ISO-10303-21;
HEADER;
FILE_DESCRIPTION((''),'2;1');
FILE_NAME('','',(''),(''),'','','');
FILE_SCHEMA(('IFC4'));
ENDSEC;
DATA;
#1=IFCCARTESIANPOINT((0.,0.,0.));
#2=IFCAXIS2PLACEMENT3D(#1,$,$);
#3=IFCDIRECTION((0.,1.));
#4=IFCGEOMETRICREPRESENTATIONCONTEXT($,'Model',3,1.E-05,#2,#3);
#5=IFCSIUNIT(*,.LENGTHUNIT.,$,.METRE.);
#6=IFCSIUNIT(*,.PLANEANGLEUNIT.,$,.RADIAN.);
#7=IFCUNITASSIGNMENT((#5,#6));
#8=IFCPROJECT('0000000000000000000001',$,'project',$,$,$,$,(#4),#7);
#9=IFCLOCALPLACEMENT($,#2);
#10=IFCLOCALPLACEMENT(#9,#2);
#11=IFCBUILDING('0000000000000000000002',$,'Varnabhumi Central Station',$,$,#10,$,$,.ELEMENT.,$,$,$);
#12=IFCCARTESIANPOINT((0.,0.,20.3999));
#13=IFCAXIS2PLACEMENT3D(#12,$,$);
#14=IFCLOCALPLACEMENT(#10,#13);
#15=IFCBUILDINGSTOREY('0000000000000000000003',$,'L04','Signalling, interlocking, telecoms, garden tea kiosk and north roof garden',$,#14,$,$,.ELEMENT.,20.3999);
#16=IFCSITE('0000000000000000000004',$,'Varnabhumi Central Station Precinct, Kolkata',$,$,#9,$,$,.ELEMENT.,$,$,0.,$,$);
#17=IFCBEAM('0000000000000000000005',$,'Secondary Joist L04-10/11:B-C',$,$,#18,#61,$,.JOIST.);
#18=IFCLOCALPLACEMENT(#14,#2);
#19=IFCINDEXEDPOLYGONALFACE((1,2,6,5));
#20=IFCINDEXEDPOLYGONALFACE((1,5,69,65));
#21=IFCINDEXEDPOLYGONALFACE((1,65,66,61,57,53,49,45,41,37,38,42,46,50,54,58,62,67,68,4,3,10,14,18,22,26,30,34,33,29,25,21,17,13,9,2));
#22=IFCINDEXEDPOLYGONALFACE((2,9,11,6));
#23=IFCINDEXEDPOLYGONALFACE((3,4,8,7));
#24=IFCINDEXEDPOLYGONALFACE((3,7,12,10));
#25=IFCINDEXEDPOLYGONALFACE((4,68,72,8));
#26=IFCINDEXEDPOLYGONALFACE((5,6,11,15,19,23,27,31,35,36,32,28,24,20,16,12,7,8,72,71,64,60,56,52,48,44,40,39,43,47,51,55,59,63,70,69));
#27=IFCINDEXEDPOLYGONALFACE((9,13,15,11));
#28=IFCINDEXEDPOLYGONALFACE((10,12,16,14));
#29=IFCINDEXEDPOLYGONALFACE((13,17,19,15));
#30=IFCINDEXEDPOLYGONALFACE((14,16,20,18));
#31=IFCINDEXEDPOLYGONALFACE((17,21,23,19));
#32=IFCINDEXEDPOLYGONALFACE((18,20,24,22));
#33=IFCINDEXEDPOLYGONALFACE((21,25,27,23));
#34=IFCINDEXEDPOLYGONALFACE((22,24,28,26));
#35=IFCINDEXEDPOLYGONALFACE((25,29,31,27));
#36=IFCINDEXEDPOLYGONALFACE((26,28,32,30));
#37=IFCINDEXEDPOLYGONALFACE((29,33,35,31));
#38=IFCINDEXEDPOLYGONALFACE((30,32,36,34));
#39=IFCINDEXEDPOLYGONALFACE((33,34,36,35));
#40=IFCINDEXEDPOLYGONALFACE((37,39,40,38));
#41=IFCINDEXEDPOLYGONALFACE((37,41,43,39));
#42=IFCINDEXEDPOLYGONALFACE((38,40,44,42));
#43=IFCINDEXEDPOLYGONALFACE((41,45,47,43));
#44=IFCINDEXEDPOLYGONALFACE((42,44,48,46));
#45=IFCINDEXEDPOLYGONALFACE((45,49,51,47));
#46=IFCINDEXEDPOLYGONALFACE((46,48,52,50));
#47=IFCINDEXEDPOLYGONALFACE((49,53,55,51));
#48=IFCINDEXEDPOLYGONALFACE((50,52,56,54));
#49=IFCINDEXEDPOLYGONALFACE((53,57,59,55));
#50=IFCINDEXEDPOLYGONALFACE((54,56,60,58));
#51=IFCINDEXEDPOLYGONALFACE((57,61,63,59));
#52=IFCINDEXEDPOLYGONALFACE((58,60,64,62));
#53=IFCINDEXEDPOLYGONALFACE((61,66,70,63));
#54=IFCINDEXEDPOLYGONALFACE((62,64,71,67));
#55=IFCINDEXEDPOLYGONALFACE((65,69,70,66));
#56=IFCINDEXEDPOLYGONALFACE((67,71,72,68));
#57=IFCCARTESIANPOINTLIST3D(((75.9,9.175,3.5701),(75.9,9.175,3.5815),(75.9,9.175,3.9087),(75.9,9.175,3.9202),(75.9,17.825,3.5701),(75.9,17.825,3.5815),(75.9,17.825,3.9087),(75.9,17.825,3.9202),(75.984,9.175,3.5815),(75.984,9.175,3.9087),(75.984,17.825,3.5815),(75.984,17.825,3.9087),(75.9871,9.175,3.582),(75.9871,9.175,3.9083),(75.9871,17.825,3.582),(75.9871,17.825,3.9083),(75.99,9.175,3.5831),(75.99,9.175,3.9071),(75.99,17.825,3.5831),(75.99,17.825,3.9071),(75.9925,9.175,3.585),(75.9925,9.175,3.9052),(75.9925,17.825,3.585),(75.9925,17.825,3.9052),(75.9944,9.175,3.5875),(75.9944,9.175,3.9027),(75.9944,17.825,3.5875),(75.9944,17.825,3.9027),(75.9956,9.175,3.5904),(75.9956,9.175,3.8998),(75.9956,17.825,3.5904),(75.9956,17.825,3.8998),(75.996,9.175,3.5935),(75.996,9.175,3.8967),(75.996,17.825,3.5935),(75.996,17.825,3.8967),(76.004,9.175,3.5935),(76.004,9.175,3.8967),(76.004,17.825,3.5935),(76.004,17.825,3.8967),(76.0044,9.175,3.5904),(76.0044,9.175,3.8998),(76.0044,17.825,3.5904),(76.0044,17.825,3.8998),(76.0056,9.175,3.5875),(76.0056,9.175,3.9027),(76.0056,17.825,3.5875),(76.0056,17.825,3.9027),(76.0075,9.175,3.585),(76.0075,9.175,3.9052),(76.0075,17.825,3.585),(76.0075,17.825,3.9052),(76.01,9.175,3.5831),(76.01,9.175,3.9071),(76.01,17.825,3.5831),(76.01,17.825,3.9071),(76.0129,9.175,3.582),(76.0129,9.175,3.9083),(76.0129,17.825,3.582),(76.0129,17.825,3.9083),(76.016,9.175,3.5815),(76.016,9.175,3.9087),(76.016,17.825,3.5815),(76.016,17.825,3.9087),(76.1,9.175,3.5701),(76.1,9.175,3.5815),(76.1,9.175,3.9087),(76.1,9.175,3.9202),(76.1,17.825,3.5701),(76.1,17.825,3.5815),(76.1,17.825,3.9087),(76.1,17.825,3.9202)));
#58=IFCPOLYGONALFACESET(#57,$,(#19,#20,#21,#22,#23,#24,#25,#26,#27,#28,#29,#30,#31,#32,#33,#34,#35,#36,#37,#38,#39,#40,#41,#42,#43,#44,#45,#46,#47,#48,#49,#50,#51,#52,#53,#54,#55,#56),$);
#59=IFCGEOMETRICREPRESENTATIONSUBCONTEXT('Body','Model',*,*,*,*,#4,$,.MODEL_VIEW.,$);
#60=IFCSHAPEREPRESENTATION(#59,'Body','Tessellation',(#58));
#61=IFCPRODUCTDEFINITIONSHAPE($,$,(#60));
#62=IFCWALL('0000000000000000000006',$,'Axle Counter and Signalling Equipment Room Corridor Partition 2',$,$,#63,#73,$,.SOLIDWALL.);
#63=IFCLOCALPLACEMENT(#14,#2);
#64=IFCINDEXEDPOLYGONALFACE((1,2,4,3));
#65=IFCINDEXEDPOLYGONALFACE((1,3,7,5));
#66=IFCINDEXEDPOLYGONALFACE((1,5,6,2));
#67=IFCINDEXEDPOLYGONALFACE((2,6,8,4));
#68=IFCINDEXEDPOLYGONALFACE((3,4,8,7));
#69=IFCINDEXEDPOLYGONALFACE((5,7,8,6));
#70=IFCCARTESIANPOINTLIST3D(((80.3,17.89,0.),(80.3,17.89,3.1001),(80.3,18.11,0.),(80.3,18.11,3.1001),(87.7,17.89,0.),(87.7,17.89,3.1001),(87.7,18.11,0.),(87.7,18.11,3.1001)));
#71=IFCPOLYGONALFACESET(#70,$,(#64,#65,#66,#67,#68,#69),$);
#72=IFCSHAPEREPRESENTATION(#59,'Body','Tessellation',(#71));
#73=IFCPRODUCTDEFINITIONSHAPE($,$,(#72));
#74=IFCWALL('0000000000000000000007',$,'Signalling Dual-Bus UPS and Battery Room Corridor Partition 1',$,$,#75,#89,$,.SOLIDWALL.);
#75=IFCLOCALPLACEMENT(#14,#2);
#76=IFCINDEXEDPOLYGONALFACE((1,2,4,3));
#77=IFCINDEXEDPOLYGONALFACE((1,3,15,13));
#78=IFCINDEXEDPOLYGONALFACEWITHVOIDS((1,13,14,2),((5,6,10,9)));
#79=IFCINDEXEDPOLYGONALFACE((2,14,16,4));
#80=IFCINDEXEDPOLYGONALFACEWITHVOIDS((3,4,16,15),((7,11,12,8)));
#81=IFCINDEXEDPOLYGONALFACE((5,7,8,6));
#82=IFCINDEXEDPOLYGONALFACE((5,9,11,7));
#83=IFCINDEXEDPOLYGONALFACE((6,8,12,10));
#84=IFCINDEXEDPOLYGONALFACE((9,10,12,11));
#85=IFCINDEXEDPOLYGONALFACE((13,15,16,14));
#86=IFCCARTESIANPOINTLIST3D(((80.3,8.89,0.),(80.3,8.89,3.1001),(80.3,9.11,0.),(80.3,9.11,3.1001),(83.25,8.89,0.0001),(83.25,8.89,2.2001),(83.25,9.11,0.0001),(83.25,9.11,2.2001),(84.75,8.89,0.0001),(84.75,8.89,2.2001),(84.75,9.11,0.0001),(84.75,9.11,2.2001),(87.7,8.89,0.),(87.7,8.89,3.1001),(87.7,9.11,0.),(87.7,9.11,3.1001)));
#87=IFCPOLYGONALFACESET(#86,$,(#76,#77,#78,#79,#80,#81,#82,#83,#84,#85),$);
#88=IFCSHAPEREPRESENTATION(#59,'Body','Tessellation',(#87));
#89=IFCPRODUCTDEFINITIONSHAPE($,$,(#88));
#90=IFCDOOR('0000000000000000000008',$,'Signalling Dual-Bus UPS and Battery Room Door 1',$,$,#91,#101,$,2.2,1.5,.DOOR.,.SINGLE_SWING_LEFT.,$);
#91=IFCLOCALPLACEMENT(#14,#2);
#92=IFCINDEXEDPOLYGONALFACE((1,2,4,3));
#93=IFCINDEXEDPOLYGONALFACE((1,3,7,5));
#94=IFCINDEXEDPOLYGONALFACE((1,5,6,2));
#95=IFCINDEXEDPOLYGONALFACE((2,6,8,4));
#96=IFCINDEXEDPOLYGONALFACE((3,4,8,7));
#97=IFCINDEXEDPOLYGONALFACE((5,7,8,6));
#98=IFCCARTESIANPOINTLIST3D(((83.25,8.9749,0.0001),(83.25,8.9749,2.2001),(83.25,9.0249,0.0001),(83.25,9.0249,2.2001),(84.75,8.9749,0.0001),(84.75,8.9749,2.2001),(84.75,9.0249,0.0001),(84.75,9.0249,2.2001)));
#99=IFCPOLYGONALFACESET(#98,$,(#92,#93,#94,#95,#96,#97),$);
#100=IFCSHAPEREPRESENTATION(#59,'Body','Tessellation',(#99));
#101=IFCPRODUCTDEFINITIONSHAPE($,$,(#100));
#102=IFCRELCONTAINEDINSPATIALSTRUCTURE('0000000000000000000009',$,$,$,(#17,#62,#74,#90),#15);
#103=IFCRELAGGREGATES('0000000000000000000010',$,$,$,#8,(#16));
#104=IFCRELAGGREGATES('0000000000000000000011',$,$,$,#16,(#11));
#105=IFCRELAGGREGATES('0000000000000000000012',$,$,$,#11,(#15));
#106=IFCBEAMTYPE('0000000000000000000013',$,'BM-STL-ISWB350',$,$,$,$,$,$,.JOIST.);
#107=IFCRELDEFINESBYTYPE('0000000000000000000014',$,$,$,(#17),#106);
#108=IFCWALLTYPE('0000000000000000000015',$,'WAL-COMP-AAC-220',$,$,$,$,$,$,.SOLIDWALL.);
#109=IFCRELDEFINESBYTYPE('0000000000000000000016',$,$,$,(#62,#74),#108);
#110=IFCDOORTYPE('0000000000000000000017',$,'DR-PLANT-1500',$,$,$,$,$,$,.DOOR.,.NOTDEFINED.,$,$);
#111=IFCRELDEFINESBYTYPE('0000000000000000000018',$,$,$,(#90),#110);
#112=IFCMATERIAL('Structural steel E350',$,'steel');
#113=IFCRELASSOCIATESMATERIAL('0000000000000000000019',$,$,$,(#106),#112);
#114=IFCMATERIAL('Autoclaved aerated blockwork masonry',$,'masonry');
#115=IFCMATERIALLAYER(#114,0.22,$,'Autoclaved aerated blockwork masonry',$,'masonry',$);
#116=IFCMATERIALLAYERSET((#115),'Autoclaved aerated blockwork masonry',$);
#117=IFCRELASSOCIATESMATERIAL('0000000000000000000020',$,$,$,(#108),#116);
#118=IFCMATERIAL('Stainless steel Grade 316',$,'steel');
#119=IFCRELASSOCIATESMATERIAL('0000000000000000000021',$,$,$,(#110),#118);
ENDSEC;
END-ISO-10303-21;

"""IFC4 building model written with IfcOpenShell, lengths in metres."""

from ifc_helpers import new_model, si_unit, direction, frame, frame_2d, origin, origin_2d, place, context, subcontext, project, spatial, rectangle, i_section, extrude, material, layer, layer_set, material_profile, profile_set, type_object, element, fill, save


model = new_model("IFC4")

# Units and contexts
model_context = context("Model", 3, precision=1e-05, world=origin(), true_north=direction((0.0, 1.0)))
body_context = subcontext(model_context, "Body", "Model", "MODEL_VIEW")
ifc_project = project(units=[si_unit("LENGTHUNIT", "METRE"), si_unit("PLANEANGLEUNIT", "RADIAN")], contexts=[model_context])

# Site, building, storey
site_placement = place(None, origin())
site = spatial("IfcSite", under=ifc_project, at=site_placement, Name="Varnabhumi Central Station Precinct, Kolkata", CompositionType="ELEMENT", RefElevation=0.0)
building_placement = place(site_placement, origin())
building = spatial("IfcBuilding", under=site, at=building_placement, Name="Varnabhumi Central Station", CompositionType="ELEMENT")
storey_placement = place(building_placement, frame((0.0, 0.0, 20.3999)))
storey = spatial("IfcBuildingStorey", under=building, at=storey_placement, Name="L04", Description="Signalling, interlocking, telecoms, garden tea kiosk and north roof garden", CompositionType="ELEMENT", Elevation=20.3999)

# Beam
ifc_material_1 = material(Name="Structural steel E350", Category="steel")
ifc_material_profile_1 = material_profile(ifc_material_1, i_section(OverallWidth=0.2, OverallDepth=0.3501, WebThickness=0.0081, FlangeThickness=0.0115, FilletRadius=0.012, at=origin_2d()), Name="Structural steel E350", Category="steel")
ifc_profile_set_1 = profile_set([ifc_material_profile_1], Name="Structural steel E350")
beam_type_1 = type_object("IfcBeamType", Name="BM-STL-ISWB350", PredefinedType="JOIST", material=ifc_profile_set_1)
beam_1_placement = place(storey_placement, frame((76.0, 9.175, 3.7451), z_axis=(0.0, 1.0, 0.0), x_axis=(-1.0, 0.0, 0.0)))
element("IfcBeam", 1, at=beam_1_placement, inside=storey, type_object=beam_type_1, Name="Secondary Joist L04-10/11:B-C", PredefinedType="JOIST", context=body_context, shape_type="SweptSolid", body=[
    extrude(i_section(OverallWidth=0.2, OverallDepth=0.3501, WebThickness=0.0081, FlangeThickness=0.0115, FilletRadius=0.012, at=origin_2d()), origin(), (0.0, 0.0, 1.0), 8.6499),
])

# Shared definitions
ifc_material_2 = material(Name="Autoclaved aerated blockwork masonry", Category="masonry")
ifc_layer = layer(ifc_material_2, 0.22, Name="Autoclaved aerated blockwork masonry", Category="masonry")
ifc_layer_set = layer_set([ifc_layer], Name="Autoclaved aerated blockwork masonry")
wall_type = type_object("IfcWallType", Name="WAL-COMP-AAC-220", PredefinedType="SOLIDWALL", material=ifc_layer_set)

# Wall
wall_1_placement = place(storey_placement, frame((80.3, 18.0, 0.0), z_axis=(0.0, 0.0, 1.0), x_axis=(1.0, 0.0, 0.0)))
element("IfcWall", 2, at=wall_1_placement, inside=storey, type_object=wall_type, Name="Axle Counter and Signalling Equipment Room Corridor Partition 2", PredefinedType="SOLIDWALL", context=body_context, shape_type="SweptSolid", body=[
    extrude(rectangle(XDim=7.3999, YDim=0.22, at=frame_2d((3.7, 0.0))), origin(), (0.0, 0.0, 1.0), 3.1001),
])

# Wall, opening, door
wall_2_placement = place(storey_placement, frame((80.3, 9.0, 0.0), z_axis=(0.0, 0.0, 1.0), x_axis=(1.0, 0.0, 0.0)))
wall_2 = element("IfcWall", 3, at=wall_2_placement, inside=storey, type_object=wall_type, Name="Signalling Dual-Bus UPS and Battery Room Corridor Partition 1", PredefinedType="SOLIDWALL", context=body_context, shape_type="SweptSolid", body=[
    extrude(rectangle(XDim=7.3999, YDim=0.22, at=frame_2d((3.7, 0.0))), origin(), (0.0, 0.0, 1.0), 3.1001),
])
opening_1_placement = place(wall_2_placement, frame((2.95, 0.0, 0.0)))
opening_1 = element("IfcOpeningElement", 4, at=opening_1_placement, cuts=wall_2, PredefinedType="OPENING", context=body_context, shape_type="SweptSolid", body=[
    extrude(rectangle(XDim=1.5, YDim=2.2, at=frame_2d((0.75, 1.1001))), frame((0.0, 0.1199, 0.0), z_axis=(0.0, -1.0, 0.0), x_axis=(1.0, 0.0, 0.0)), (0.0, 0.0, 1.0), 0.24),
])
ifc_material_3 = material(Name="Stainless steel Grade 316", Category="steel")
door_type_1 = type_object("IfcDoorType", Name="DR-PLANT-1500", OperationType="NOTDEFINED", PredefinedType="DOOR", material=ifc_material_3)
door_1_placement = place(opening_1_placement, origin())
door_1 = element("IfcDoor", 5, at=door_1_placement, inside=storey, type_object=door_type_1, Name="Signalling Dual-Bus UPS and Battery Room Door 1", OperationType="SINGLE_SWING_LEFT", OverallHeight=2.2, OverallWidth=1.5, PredefinedType="DOOR", context=body_context, shape_type="SweptSolid", body=[
    extrude(rectangle(XDim=1.5, YDim=2.2, at=frame_2d((0.75, 1.1001))), frame((0.0, 0.0249, 0.0), z_axis=(0.0, -1.0, 0.0), x_axis=(1.0, 0.0, 0.0)), (0.0, 0.0, 1.0), 0.05),
])
fill(opening_1, door_1)

save(model, "model.ifc")
